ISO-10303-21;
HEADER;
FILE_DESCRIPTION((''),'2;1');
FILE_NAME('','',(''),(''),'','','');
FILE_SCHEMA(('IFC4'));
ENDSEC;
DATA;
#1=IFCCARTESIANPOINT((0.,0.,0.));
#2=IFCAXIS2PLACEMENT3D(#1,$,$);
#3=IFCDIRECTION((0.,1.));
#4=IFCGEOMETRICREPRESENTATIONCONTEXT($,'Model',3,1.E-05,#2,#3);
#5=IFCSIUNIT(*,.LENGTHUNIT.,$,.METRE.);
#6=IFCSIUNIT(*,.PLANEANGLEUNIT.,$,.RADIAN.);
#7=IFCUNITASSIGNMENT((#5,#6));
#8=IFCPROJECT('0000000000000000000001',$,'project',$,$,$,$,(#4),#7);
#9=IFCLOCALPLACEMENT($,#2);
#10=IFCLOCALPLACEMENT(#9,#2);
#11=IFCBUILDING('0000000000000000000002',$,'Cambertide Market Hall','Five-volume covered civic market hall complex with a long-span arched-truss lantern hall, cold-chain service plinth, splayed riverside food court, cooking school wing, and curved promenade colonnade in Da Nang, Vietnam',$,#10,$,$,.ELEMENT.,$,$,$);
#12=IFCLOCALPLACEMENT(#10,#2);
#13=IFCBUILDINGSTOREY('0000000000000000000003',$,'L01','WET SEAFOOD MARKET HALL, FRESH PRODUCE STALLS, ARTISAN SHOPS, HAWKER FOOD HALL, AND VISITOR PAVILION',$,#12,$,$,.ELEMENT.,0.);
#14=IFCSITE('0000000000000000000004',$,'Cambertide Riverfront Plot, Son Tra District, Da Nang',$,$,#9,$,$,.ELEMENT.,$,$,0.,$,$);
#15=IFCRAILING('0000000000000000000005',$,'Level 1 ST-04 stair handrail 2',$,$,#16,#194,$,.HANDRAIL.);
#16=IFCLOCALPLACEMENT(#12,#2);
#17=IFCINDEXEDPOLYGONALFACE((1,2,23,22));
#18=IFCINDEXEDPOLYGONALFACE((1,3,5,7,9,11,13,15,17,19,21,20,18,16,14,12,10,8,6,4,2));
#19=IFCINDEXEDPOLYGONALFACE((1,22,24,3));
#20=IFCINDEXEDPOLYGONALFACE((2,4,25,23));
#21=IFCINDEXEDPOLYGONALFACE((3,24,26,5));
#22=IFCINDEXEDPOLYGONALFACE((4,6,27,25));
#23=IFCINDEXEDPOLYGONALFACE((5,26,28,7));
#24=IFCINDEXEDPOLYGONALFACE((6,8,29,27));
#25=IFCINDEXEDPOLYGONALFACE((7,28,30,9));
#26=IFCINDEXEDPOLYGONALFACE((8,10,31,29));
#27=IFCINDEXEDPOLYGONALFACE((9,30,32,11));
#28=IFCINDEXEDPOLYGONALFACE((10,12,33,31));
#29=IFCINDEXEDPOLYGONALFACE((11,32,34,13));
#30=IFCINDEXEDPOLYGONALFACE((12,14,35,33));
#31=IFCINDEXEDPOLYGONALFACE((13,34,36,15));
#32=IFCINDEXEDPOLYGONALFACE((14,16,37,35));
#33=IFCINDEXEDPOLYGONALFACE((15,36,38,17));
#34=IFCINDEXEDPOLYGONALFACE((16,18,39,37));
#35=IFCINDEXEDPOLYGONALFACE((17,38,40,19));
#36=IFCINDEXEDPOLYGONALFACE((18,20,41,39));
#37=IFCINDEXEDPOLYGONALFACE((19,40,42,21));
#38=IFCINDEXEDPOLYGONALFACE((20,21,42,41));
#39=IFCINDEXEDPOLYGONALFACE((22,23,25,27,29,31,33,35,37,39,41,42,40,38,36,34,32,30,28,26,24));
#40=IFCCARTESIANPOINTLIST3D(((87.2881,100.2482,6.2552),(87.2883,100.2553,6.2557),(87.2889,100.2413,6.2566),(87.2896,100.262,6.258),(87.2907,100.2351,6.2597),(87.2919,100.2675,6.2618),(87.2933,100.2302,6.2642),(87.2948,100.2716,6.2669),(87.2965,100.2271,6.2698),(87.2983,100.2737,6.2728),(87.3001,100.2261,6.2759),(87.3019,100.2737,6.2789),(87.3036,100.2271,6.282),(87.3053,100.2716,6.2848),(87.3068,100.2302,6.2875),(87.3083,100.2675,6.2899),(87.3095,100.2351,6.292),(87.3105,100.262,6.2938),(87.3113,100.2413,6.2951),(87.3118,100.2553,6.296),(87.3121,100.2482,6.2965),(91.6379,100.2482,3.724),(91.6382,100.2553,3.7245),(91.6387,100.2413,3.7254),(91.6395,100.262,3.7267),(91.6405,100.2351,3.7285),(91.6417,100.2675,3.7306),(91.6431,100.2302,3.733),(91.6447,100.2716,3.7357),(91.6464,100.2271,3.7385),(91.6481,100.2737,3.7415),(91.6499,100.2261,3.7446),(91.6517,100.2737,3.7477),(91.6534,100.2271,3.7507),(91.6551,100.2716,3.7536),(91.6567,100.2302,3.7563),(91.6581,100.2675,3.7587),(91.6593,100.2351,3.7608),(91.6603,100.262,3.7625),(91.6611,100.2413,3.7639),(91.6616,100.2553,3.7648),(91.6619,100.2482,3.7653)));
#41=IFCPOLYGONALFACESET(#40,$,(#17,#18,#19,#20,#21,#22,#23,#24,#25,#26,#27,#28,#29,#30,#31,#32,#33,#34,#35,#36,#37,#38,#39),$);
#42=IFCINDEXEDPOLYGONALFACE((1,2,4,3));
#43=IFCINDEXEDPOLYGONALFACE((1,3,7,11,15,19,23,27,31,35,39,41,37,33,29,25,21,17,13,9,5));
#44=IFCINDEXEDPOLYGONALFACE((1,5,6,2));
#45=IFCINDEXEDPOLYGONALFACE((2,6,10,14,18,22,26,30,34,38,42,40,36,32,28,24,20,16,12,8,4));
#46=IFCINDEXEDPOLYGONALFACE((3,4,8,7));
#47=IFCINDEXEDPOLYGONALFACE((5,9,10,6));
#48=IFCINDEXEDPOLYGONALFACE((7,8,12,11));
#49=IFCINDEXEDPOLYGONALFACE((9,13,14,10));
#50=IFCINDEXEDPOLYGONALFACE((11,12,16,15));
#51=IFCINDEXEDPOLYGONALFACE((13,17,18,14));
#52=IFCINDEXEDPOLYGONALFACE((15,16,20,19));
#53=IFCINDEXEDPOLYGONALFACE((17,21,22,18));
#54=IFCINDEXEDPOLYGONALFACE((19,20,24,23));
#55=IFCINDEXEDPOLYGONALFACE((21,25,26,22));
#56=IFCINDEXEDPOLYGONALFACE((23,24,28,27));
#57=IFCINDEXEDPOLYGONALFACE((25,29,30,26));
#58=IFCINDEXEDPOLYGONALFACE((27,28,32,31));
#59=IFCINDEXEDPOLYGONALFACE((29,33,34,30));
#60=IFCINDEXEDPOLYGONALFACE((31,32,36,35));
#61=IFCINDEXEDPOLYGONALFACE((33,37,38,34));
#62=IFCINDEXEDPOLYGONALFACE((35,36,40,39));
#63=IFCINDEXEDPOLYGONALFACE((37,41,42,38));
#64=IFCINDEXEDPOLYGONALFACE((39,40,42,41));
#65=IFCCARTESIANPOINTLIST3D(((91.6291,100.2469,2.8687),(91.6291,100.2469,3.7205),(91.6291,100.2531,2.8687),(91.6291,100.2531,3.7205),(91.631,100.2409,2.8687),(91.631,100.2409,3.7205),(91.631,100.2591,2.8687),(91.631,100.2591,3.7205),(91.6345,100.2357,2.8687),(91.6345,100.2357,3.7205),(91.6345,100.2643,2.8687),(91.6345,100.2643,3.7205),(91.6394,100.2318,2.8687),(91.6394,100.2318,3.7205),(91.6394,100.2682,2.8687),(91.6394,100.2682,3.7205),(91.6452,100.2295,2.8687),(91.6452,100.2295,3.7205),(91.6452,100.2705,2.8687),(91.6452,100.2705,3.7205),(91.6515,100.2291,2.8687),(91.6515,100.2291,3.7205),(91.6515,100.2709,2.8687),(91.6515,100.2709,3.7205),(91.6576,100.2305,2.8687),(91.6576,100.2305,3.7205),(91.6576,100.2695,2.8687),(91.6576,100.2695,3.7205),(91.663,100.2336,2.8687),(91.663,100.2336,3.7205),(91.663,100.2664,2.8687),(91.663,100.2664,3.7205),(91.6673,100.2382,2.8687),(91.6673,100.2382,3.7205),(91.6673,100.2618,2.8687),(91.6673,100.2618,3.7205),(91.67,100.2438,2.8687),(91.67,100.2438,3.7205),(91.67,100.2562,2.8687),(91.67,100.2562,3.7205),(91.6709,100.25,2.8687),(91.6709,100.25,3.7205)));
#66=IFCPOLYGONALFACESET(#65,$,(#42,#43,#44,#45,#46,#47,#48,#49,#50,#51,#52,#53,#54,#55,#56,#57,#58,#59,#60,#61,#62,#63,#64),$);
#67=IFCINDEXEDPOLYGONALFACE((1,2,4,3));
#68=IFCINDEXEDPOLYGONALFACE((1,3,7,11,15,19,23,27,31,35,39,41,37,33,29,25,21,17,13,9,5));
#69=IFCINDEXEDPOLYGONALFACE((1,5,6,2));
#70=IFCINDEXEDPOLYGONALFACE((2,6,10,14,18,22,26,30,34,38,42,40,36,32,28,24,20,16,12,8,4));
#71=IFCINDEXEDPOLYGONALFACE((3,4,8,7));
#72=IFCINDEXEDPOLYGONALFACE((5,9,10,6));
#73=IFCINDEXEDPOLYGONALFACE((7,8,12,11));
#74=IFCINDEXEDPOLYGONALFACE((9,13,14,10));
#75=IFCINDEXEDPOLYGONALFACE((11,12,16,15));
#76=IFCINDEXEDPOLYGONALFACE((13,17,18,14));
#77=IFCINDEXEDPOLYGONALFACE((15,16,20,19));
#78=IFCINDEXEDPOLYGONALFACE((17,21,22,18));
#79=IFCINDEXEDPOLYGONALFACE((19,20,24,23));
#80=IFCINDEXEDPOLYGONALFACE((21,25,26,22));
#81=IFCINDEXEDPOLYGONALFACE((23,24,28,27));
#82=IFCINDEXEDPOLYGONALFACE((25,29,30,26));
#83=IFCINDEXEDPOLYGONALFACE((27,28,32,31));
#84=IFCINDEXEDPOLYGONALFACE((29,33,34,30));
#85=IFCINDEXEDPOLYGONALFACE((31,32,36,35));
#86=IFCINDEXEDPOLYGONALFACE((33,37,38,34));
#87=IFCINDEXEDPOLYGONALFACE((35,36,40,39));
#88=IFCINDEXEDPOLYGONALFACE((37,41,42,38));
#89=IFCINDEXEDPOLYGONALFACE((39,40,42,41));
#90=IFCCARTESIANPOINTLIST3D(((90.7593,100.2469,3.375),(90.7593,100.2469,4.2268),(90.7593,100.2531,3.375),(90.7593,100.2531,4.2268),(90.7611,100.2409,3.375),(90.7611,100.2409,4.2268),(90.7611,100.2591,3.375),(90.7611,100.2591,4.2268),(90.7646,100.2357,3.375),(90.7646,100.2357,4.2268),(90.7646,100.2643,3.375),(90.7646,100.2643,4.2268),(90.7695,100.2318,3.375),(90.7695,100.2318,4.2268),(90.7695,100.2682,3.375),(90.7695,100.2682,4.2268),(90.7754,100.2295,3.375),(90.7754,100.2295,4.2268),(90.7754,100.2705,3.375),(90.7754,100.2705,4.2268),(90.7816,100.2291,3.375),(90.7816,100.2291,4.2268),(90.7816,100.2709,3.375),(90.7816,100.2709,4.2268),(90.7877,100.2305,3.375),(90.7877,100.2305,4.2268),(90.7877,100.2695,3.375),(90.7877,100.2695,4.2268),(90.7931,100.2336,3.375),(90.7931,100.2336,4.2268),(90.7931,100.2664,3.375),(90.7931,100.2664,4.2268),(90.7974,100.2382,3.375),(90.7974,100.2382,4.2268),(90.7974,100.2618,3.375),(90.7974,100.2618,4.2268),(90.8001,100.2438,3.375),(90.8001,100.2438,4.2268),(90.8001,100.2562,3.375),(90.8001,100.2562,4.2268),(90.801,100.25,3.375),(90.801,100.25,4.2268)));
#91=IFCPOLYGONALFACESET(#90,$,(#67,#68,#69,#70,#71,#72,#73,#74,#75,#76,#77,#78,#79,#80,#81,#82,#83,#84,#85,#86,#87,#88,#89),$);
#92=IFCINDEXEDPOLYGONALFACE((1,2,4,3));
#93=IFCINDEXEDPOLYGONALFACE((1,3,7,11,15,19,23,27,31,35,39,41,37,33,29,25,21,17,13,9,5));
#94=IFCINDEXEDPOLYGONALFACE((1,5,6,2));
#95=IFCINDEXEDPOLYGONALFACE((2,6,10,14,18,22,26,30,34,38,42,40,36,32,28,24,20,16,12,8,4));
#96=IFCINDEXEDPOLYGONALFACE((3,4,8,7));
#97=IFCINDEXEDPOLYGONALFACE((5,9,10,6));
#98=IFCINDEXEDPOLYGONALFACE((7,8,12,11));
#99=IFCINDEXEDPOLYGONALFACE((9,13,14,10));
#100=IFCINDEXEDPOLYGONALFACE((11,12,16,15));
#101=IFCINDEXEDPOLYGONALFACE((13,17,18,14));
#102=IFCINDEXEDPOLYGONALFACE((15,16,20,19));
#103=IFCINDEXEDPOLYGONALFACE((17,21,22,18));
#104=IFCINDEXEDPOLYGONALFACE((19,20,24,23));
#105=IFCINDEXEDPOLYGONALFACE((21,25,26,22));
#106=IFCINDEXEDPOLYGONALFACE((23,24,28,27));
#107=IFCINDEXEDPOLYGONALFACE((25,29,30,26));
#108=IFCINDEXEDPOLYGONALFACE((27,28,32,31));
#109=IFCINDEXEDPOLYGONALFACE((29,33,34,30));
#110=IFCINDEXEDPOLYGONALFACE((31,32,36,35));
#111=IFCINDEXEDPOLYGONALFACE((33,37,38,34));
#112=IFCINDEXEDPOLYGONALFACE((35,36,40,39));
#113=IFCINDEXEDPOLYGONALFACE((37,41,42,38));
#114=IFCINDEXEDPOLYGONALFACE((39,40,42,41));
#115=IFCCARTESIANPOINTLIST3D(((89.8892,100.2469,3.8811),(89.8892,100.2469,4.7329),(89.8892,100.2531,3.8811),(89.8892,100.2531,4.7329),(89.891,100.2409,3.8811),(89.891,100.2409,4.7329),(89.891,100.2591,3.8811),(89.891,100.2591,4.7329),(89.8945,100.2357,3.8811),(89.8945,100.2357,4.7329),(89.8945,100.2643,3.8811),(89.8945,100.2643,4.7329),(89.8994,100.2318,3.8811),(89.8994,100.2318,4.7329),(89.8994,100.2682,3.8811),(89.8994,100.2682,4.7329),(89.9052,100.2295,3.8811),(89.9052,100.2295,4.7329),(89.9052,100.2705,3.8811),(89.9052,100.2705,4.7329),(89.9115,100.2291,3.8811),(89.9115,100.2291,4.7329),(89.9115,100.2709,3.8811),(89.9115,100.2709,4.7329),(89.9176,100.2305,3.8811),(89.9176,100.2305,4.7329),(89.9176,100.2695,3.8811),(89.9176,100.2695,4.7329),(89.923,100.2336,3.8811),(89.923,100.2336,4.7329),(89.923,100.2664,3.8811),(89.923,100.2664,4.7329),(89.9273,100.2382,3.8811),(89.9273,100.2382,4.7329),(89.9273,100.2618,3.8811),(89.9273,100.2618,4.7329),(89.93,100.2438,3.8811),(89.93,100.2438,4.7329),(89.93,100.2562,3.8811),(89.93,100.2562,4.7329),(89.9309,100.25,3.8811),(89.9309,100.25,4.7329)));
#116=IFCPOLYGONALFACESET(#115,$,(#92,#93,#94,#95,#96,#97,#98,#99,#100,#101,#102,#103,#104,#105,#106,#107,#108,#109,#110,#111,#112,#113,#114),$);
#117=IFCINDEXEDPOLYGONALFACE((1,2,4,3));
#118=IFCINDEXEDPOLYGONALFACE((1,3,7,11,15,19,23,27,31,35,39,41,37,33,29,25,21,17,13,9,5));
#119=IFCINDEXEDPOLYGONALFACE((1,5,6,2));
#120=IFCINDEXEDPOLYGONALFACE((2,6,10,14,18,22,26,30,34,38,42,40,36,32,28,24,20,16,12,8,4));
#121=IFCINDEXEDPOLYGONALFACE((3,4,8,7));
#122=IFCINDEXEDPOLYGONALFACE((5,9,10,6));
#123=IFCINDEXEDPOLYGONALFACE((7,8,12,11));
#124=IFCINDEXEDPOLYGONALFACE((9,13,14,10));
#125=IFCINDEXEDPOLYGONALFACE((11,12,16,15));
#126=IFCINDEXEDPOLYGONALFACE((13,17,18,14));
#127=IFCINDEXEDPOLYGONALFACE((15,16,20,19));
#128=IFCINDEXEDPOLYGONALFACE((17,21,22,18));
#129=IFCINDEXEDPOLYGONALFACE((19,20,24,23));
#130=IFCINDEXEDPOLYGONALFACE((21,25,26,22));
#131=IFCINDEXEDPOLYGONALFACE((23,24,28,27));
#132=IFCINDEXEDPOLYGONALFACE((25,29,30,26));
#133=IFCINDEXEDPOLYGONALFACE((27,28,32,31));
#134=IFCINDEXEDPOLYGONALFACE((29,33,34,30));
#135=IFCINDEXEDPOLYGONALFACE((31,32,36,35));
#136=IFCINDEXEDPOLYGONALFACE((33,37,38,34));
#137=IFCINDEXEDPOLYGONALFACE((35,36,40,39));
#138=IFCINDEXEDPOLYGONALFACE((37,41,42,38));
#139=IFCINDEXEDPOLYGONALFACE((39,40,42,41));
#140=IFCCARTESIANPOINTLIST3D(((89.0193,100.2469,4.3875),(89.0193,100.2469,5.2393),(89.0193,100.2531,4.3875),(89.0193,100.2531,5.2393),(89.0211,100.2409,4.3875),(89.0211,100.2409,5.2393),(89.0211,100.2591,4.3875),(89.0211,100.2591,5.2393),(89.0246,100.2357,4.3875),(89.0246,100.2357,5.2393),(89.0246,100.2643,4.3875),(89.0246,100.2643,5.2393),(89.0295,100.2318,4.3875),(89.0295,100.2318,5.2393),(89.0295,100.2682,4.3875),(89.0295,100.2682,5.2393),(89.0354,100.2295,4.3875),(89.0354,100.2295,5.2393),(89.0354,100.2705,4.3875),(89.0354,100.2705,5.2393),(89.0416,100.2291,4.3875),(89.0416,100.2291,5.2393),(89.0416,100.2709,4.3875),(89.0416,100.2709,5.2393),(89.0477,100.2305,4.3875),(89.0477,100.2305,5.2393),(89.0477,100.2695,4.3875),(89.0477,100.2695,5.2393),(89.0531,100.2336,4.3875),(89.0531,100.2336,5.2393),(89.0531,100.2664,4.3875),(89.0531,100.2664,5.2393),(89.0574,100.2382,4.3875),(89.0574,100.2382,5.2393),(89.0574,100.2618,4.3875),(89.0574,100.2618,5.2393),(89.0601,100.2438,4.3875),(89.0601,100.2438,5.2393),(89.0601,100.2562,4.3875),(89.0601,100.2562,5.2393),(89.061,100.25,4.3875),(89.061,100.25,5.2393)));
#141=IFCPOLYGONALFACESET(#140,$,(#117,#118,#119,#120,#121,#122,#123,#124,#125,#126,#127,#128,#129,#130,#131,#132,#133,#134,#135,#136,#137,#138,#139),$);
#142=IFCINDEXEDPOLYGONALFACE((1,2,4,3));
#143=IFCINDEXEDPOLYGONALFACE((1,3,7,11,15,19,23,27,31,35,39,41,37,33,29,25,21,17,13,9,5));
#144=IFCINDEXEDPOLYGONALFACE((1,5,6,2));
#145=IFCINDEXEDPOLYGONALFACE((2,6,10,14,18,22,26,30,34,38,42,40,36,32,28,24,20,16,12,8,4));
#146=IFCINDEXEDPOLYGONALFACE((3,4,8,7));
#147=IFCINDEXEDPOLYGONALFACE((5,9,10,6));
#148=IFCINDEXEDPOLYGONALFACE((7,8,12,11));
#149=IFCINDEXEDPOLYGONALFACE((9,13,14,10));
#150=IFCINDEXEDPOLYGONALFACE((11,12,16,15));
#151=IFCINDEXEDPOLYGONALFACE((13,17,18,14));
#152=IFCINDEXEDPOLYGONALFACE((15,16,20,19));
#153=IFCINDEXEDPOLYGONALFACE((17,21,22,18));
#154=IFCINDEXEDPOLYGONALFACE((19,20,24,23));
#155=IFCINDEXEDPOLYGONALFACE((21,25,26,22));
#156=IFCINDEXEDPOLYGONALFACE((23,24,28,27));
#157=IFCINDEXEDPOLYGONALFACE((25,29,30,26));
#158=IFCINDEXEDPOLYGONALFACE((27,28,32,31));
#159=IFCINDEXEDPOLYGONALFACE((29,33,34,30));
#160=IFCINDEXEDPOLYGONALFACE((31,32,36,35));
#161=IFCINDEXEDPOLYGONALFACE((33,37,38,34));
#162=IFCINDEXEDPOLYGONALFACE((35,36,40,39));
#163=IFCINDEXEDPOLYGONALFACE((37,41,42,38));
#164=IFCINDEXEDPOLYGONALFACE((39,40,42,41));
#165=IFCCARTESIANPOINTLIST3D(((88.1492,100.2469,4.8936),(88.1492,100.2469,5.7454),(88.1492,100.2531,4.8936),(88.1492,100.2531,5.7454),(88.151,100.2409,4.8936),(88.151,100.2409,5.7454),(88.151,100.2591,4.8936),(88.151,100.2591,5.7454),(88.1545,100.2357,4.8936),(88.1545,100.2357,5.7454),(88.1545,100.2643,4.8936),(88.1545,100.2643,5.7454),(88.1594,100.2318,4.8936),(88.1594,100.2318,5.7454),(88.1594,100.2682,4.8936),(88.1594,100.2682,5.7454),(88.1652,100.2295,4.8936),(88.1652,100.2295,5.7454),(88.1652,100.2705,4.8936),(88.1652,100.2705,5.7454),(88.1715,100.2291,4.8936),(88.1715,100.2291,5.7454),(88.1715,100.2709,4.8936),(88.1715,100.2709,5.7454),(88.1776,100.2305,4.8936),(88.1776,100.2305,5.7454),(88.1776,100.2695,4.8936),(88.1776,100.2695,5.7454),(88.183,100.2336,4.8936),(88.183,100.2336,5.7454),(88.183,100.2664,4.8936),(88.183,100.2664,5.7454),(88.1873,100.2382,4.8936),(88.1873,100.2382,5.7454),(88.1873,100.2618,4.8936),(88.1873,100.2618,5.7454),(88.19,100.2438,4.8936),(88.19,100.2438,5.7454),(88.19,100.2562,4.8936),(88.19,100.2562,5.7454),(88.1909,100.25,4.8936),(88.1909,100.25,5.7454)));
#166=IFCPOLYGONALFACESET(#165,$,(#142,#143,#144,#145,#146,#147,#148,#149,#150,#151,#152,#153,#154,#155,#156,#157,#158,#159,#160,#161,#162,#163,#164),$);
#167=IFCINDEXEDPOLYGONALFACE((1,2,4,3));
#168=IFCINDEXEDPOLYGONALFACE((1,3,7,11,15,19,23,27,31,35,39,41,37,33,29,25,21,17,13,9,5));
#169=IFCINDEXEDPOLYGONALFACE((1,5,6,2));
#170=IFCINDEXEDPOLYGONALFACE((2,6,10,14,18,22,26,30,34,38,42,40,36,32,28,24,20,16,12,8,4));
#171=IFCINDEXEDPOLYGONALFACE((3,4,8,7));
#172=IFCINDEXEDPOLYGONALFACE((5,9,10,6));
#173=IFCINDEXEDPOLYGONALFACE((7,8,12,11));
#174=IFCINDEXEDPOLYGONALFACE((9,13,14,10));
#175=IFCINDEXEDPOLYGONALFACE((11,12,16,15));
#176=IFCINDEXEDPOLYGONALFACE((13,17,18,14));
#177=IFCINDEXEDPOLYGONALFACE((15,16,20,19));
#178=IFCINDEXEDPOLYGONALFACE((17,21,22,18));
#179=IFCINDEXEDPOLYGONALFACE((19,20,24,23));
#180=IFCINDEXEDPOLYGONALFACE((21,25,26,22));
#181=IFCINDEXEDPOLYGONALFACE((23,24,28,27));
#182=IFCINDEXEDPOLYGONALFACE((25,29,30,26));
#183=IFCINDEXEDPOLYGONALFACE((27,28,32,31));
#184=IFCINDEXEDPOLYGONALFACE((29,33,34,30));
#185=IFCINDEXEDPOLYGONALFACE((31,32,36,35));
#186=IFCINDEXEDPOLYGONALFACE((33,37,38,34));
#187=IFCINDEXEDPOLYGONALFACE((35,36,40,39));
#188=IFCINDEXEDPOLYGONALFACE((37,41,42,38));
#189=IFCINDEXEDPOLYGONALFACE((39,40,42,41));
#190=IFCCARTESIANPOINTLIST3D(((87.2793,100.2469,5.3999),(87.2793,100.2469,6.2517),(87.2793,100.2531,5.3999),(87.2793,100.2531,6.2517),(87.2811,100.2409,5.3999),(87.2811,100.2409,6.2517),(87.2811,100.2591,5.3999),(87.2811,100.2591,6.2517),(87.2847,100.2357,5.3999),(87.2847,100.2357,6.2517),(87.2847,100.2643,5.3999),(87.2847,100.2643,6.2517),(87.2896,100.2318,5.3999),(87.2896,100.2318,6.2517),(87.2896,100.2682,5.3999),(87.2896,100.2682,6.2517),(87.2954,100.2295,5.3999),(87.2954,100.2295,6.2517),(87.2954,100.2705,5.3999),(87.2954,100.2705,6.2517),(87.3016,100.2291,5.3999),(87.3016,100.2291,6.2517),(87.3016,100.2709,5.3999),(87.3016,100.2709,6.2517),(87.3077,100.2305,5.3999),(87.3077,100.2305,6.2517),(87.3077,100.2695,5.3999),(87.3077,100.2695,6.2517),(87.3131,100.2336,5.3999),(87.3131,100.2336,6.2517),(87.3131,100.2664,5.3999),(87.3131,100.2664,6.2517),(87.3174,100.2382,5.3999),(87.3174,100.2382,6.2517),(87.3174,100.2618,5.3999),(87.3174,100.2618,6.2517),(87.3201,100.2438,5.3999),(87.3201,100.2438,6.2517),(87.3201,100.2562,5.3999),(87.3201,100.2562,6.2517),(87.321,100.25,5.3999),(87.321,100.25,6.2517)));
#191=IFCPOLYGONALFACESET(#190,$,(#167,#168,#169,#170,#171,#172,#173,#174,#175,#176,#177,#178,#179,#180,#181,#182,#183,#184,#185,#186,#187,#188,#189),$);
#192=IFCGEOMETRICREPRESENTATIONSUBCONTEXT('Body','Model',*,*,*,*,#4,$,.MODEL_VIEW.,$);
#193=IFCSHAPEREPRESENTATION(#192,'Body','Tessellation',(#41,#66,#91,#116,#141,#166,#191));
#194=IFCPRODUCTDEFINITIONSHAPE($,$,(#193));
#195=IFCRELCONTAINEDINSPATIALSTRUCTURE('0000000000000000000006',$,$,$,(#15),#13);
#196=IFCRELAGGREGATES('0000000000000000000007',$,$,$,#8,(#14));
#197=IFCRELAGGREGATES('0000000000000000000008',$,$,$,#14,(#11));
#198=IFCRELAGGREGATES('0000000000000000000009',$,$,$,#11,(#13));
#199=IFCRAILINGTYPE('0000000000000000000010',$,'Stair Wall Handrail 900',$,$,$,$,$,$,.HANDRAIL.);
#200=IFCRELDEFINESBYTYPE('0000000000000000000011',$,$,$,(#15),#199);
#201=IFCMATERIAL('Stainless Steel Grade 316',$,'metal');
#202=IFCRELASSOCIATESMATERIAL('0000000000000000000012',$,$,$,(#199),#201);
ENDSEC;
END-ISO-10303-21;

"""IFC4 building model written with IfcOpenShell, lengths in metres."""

from ifc_helpers import new_model, si_unit, direction, frame, origin, origin_2d, place, context, subcontext, project, spatial, circle, extrude, material, type_object, element, save


model = new_model("IFC4")

# Units and contexts
model_context = context("Model", 3, precision=1e-05, world=origin(), true_north=direction((0.0, 1.0)))
body_context = subcontext(model_context, "Body", "Model", "MODEL_VIEW")
ifc_project = project(units=[si_unit("LENGTHUNIT", "METRE"), si_unit("PLANEANGLEUNIT", "RADIAN")], contexts=[model_context])

# Site, building, storey
site_placement = place(None, origin())
site = spatial("IfcSite", under=ifc_project, at=site_placement, Name="Cambertide Riverfront Plot, Son Tra District, Da Nang", CompositionType="ELEMENT", RefElevation=0.0)
building_placement = place(site_placement, origin())
building = spatial("IfcBuilding", under=site, at=building_placement, Name="Cambertide Market Hall", Description="Five-volume covered civic market hall complex with a long-span arched-truss lantern hall, cold-chain service plinth, splayed riverside food court, cooking school wing, and curved promenade colonnade in Da Nang, Vietnam", CompositionType="ELEMENT")
storey_placement = place(building_placement, origin())
storey = spatial("IfcBuildingStorey", under=building, at=storey_placement, Name="L01", Description="WET SEAFOOD MARKET HALL, FRESH PRODUCE STALLS, ARTISAN SHOPS, HAWKER FOOD HALL, AND VISITOR PAVILION", CompositionType="ELEMENT", Elevation=0.0)

# Railing
ifc_material_1 = material(Name="Stainless Steel Grade 316", Category="metal")
railing_type_1 = type_object("IfcRailingType", Name="Stair Wall Handrail 900", PredefinedType="HANDRAIL", material=ifc_material_1)
railing_1_placement = place(storey_placement, frame((91.6499, 100.25, 2.8687)))
element("IfcRailing", 1, at=railing_1_placement, inside=storey, type_object=railing_type_1, Name="Level 1 ST-04 stair handrail 2", PredefinedType="HANDRAIL", context=body_context, shape_type="SweptSolid", body=[
    extrude(circle(Radius=0.0239, at=origin_2d()), frame((0.0, 0.0, 0.876), z_axis=(-0.864312, 0.0, 0.502957), x_axis=(0.0, -1.0, 0.0)), (0.0, 0.0, 1.0), 5.0327),
    extrude(circle(Radius=0.021, at=origin_2d()), origin(), (0.0, 0.0, 1.0), 0.8518),
    extrude(circle(Radius=0.021, at=origin_2d()), frame((-0.8699, 0.0, 0.5063)), (0.0, 0.0, 1.0), 0.8518),
    extrude(circle(Radius=0.021, at=origin_2d()), frame((-1.74, 0.0, 1.0125)), (0.0, 0.0, 1.0), 0.8518),
    extrude(circle(Radius=0.021, at=origin_2d()), frame((-2.6099, 0.0, 1.5188)), (0.0, 0.0, 1.0), 0.8518),
    extrude(circle(Radius=0.021, at=origin_2d()), frame((-3.48, 0.0, 2.0249)), (0.0, 0.0, 1.0), 0.8518),
    extrude(circle(Radius=0.021, at=origin_2d()), frame((-4.3499, 0.0, 2.5312)), (0.0, 0.0, 1.0), 0.8518),
])

save(model, "model.ifc")
